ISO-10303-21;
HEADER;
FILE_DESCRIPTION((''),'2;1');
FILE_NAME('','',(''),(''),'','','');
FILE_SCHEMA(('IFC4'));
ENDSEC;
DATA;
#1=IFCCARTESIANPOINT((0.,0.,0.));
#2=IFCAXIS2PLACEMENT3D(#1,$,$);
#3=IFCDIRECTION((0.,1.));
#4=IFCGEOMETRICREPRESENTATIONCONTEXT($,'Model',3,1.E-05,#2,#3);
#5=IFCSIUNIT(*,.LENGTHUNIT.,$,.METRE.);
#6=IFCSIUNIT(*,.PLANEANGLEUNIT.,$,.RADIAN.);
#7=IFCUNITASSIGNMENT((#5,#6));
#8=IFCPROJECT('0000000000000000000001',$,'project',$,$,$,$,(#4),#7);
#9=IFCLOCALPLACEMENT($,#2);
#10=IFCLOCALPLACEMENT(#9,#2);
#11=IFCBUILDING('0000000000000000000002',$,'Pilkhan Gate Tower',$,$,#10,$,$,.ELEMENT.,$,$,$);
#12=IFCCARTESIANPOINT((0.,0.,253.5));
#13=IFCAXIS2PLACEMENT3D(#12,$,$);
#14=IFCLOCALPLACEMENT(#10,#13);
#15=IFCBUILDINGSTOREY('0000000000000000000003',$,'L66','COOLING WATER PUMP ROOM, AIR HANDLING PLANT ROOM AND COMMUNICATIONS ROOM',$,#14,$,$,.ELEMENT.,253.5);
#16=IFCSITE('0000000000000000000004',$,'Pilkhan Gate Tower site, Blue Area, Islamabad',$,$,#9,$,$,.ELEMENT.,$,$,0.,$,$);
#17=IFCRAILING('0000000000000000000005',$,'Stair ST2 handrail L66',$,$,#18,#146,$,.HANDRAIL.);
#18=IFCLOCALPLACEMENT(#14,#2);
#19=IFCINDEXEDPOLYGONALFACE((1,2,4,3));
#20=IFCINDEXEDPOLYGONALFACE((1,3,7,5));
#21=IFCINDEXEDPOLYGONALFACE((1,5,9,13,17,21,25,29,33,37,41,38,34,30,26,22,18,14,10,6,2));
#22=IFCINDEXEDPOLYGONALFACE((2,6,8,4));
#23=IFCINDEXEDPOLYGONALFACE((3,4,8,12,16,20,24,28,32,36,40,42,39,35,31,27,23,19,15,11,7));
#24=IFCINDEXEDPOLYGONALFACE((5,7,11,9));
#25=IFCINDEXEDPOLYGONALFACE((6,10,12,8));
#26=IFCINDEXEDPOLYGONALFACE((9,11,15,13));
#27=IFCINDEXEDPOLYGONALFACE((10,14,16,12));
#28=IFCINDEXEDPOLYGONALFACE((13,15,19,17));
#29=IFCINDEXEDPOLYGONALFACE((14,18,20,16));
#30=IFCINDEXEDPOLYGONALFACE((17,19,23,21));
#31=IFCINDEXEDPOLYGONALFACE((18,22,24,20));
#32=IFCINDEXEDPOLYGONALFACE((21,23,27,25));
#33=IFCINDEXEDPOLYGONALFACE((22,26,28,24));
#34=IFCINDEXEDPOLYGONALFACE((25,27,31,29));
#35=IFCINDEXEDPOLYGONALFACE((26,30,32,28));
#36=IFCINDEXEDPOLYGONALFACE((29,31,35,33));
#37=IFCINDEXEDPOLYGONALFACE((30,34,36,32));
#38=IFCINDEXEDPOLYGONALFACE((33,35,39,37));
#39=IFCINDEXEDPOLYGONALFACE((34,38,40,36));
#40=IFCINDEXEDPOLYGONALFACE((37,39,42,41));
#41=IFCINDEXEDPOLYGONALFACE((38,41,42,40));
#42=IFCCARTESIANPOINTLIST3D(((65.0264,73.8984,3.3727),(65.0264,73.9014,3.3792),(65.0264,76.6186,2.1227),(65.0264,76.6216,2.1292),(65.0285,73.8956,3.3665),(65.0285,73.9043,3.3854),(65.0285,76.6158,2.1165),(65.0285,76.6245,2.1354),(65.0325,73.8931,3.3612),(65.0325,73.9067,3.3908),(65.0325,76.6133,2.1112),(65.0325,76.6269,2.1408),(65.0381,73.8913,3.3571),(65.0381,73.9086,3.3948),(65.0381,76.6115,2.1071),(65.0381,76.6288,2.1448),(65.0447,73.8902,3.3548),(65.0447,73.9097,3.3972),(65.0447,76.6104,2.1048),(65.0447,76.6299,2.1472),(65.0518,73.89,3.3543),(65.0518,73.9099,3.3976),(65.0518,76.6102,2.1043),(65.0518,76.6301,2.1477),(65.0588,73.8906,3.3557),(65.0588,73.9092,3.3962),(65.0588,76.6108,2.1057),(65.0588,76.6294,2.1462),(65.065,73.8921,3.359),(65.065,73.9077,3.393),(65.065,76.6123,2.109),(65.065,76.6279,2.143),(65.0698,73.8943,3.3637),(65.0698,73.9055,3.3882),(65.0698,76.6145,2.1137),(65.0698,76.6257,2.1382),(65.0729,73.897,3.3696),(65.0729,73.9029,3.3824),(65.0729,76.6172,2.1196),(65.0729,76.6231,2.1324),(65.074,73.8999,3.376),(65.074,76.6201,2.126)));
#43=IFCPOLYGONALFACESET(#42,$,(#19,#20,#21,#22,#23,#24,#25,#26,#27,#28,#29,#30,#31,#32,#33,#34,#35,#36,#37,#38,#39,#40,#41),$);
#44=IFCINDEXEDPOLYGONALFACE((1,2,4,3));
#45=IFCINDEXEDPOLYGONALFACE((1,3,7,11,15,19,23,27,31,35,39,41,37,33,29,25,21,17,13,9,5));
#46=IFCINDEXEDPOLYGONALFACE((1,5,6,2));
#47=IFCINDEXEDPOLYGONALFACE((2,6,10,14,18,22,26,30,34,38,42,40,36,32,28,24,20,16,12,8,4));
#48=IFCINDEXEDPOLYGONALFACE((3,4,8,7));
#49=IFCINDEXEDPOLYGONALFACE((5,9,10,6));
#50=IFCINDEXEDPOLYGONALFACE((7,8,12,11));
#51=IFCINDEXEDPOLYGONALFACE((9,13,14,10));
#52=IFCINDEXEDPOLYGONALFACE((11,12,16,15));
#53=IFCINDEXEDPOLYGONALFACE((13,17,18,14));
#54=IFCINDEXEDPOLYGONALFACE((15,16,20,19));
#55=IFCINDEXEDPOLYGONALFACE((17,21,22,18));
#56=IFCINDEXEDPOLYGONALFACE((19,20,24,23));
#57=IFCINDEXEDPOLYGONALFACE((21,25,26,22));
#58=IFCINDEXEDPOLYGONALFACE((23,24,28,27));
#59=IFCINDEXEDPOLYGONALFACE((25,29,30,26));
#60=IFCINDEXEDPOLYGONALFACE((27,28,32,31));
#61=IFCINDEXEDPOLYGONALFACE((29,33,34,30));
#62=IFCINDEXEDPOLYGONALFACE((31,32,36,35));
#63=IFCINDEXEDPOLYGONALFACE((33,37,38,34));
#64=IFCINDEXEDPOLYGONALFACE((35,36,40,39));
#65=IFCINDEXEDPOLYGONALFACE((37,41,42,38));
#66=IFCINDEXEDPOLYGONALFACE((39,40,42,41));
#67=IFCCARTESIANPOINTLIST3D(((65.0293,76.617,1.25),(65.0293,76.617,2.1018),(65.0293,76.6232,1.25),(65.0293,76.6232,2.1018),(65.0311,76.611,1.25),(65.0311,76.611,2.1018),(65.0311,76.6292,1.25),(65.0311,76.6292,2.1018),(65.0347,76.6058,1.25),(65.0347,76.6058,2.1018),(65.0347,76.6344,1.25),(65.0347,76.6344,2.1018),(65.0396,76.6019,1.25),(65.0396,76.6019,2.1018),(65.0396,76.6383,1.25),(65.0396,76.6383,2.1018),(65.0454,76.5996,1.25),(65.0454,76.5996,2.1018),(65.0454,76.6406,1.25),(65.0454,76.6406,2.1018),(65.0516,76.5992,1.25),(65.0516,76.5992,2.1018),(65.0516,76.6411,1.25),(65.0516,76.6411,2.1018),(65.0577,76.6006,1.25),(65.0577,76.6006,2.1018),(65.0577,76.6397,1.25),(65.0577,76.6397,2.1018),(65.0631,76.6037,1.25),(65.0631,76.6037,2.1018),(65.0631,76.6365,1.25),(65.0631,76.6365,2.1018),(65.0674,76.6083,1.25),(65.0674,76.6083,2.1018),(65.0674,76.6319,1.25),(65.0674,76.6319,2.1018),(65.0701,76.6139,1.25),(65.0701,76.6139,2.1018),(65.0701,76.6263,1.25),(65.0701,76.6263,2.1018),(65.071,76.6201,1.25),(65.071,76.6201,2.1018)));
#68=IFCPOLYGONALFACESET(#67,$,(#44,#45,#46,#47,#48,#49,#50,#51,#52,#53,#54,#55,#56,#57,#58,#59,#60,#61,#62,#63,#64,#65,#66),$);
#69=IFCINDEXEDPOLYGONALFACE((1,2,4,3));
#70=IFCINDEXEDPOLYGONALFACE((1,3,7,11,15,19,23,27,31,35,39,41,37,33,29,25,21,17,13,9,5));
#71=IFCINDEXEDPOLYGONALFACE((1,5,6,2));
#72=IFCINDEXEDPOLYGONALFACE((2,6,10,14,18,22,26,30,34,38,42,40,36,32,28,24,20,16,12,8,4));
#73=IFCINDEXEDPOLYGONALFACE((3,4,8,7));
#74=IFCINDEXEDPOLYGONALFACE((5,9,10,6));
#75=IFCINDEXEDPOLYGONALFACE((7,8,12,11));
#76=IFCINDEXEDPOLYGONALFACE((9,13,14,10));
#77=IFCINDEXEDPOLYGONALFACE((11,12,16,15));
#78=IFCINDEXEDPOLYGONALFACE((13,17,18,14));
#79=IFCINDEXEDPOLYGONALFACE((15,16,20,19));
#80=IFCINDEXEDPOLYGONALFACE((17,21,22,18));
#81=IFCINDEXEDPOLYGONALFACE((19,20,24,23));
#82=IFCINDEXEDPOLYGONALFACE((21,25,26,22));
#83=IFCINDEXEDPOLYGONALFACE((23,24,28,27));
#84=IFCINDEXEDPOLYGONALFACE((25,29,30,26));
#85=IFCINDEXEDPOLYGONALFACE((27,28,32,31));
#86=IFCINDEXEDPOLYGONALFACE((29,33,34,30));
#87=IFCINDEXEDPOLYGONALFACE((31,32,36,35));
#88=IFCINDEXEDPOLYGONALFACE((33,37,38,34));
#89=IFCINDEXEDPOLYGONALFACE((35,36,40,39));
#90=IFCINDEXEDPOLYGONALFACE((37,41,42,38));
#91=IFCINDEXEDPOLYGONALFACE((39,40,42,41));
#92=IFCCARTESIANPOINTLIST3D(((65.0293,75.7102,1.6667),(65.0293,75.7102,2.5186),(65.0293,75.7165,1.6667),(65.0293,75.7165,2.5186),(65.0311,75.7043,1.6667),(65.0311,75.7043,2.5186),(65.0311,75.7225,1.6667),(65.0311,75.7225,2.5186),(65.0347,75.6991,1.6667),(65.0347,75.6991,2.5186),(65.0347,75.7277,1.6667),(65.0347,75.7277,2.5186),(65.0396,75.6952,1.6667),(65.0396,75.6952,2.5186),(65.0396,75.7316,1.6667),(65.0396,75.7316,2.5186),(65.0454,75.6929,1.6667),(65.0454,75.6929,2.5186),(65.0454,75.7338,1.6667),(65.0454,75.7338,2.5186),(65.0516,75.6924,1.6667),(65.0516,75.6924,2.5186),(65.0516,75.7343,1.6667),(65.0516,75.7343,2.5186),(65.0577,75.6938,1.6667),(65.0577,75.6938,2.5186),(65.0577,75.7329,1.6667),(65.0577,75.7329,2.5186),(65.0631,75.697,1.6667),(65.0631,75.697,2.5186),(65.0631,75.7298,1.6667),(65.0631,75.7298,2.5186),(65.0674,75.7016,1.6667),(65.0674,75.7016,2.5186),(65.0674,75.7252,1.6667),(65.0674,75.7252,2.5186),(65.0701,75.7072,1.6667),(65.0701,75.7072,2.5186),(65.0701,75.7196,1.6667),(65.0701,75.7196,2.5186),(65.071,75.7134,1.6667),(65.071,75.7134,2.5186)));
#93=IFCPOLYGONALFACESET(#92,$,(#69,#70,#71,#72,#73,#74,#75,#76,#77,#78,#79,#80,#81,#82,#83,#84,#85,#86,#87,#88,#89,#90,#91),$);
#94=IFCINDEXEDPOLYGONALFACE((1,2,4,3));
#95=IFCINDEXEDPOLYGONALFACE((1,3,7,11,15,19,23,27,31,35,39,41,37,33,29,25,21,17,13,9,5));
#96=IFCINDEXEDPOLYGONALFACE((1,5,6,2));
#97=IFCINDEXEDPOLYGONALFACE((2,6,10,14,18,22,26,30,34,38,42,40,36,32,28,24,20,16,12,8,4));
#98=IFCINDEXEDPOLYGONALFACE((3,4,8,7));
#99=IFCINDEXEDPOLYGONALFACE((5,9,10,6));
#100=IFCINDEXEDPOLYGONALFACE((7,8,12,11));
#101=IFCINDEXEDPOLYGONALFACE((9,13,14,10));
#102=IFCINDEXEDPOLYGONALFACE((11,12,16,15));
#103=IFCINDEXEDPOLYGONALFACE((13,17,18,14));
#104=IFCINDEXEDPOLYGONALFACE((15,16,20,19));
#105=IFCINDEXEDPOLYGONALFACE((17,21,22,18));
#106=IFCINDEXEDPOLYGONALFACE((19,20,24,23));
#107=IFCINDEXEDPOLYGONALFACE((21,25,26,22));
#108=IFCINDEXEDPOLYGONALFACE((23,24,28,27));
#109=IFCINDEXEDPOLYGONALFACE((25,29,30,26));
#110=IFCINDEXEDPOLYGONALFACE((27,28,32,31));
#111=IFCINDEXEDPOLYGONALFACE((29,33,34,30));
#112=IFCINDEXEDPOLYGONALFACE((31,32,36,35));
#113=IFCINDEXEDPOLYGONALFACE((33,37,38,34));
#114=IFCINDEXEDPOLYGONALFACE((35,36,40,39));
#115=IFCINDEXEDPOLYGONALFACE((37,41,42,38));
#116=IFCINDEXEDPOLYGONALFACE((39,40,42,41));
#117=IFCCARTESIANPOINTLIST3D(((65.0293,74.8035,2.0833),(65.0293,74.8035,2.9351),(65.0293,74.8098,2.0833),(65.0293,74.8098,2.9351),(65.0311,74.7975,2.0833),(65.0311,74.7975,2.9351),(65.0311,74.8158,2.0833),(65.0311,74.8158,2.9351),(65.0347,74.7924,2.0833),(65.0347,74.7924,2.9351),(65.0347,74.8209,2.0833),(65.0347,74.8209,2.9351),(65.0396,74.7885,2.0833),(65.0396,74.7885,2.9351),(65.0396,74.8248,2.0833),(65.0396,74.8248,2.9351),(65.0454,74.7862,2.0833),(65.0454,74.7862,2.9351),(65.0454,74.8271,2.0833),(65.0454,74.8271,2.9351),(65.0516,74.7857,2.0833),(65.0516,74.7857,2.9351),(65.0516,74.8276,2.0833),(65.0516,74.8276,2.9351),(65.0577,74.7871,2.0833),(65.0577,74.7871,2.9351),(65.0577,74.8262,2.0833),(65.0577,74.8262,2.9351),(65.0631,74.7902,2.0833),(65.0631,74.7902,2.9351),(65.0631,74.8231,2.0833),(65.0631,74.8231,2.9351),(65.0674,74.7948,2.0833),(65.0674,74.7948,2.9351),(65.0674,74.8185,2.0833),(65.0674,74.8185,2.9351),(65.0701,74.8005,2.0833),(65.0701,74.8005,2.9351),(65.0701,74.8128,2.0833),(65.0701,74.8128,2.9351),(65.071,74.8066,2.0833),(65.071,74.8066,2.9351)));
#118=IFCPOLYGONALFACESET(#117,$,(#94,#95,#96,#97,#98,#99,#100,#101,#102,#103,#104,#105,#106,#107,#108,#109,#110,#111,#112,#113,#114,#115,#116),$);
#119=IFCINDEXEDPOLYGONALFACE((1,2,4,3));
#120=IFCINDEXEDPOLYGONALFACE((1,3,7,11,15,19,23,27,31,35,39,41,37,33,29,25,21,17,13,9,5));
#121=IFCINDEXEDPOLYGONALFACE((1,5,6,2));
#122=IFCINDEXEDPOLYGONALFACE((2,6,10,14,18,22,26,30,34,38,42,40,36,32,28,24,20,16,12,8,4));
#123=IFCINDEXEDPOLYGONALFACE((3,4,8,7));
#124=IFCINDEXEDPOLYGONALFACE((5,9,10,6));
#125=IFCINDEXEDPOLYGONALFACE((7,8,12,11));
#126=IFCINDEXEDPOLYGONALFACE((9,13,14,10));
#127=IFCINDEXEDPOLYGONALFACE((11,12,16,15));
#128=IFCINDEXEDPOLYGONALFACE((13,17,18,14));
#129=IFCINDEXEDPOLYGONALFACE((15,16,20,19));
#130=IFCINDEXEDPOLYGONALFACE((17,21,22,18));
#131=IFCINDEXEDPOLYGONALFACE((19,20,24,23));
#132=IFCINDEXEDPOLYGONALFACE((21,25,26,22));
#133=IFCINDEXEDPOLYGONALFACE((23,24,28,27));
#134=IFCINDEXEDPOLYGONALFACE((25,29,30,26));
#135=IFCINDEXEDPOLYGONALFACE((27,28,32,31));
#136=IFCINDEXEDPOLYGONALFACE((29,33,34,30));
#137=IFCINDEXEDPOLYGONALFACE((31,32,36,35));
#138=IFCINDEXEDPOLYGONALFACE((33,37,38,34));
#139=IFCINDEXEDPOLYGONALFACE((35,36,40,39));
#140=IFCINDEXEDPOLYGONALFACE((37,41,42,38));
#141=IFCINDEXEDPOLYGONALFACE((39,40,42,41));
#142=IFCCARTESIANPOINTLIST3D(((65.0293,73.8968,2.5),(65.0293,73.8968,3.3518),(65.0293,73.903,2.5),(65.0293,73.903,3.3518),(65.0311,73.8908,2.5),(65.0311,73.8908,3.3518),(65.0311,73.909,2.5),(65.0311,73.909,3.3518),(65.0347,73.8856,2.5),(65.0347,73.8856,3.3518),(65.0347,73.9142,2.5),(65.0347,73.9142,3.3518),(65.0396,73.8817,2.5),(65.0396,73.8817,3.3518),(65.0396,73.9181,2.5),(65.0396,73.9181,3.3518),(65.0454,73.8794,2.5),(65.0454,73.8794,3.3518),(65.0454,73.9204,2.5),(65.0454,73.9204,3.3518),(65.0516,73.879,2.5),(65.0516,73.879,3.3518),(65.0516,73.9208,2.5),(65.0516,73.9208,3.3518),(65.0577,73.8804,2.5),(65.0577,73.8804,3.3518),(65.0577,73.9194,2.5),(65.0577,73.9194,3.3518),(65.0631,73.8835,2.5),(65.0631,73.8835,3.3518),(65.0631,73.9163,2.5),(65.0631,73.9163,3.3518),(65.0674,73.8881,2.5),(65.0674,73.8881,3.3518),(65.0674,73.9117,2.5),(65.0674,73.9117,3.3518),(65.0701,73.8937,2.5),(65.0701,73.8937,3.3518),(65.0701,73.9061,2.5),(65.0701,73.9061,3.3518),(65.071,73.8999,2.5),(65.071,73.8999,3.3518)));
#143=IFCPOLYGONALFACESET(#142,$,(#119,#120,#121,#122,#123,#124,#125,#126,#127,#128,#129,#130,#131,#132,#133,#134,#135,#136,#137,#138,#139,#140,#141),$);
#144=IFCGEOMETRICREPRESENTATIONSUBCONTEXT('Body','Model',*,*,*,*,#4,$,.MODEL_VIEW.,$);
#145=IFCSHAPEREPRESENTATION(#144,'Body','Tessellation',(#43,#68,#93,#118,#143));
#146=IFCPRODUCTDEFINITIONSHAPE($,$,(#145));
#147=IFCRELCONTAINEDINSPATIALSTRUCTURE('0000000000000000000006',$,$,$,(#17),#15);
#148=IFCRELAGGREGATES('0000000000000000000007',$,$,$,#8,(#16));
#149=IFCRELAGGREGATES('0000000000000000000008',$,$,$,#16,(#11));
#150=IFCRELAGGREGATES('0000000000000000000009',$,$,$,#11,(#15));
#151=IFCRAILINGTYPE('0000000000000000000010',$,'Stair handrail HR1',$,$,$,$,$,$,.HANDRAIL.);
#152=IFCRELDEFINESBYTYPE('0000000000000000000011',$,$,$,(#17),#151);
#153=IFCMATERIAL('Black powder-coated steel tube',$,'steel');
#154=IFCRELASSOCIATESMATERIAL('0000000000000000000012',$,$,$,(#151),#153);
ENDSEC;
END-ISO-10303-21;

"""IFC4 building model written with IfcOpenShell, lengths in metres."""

from ifc_helpers import new_model, si_unit, direction, frame, origin, origin_2d, place, context, subcontext, project, spatial, circle, extrude, material, type_object, element, save


model = new_model("IFC4")

# Units and contexts
model_context = context("Model", 3, precision=1e-05, world=origin(), true_north=direction((0.0, 1.0)))
body_context = subcontext(model_context, "Body", "Model", "MODEL_VIEW")
ifc_project = project(units=[si_unit("LENGTHUNIT", "METRE"), si_unit("PLANEANGLEUNIT", "RADIAN")], contexts=[model_context])

# Site, building, storey
site_placement = place(None, origin())
site = spatial("IfcSite", under=ifc_project, at=site_placement, Name="Pilkhan Gate Tower site, Blue Area, Islamabad", CompositionType="ELEMENT", RefElevation=0.0)
building_placement = place(site_placement, origin())
building = spatial("IfcBuilding", under=site, at=building_placement, Name="Pilkhan Gate Tower", CompositionType="ELEMENT")
storey_placement = place(building_placement, frame((0.0, 0.0, 253.5)))
storey = spatial("IfcBuildingStorey", under=building, at=storey_placement, Name="L66", Description="COOLING WATER PUMP ROOM, AIR HANDLING PLANT ROOM AND COMMUNICATIONS ROOM", CompositionType="ELEMENT", Elevation=253.5)

# Railing
ifc_material_1 = material(Name="Black powder-coated steel tube", Category="steel")
railing_type_1 = type_object("IfcRailingType", Name="Stair handrail HR1", PredefinedType="HANDRAIL", material=ifc_material_1)
railing_1_placement = place(storey_placement, frame((65.05, 76.6201, 1.25)))
element("IfcRailing", 1, at=railing_1_placement, inside=storey, type_object=railing_type_1, Name="Stair ST2 handrail L66", PredefinedType="HANDRAIL", context=body_context, shape_type="SweptSolid", body=[
    extrude(circle(Radius=0.0239, at=origin_2d()), frame((0.0, 0.0, 0.876), z_axis=(0.0, -0.908655, 0.417547), x_axis=(1.0, 0.0, 0.0)), (0.0, 0.0, 1.0), 2.9937),
    extrude(circle(Radius=0.021, at=origin_2d()), origin(), (0.0, 0.0, 1.0), 0.8518),
    extrude(circle(Radius=0.021, at=origin_2d()), frame((0.0, -0.9067, 0.4167)), (0.0, 0.0, 1.0), 0.8518),
    extrude(circle(Radius=0.021, at=origin_2d()), frame((0.0, -1.8135, 0.8333)), (0.0, 0.0, 1.0), 0.8518),
    extrude(circle(Radius=0.021, at=origin_2d()), frame((0.0, -2.7202, 1.25)), (0.0, 0.0, 1.0), 0.8518),
])

save(model, "model.ifc")
